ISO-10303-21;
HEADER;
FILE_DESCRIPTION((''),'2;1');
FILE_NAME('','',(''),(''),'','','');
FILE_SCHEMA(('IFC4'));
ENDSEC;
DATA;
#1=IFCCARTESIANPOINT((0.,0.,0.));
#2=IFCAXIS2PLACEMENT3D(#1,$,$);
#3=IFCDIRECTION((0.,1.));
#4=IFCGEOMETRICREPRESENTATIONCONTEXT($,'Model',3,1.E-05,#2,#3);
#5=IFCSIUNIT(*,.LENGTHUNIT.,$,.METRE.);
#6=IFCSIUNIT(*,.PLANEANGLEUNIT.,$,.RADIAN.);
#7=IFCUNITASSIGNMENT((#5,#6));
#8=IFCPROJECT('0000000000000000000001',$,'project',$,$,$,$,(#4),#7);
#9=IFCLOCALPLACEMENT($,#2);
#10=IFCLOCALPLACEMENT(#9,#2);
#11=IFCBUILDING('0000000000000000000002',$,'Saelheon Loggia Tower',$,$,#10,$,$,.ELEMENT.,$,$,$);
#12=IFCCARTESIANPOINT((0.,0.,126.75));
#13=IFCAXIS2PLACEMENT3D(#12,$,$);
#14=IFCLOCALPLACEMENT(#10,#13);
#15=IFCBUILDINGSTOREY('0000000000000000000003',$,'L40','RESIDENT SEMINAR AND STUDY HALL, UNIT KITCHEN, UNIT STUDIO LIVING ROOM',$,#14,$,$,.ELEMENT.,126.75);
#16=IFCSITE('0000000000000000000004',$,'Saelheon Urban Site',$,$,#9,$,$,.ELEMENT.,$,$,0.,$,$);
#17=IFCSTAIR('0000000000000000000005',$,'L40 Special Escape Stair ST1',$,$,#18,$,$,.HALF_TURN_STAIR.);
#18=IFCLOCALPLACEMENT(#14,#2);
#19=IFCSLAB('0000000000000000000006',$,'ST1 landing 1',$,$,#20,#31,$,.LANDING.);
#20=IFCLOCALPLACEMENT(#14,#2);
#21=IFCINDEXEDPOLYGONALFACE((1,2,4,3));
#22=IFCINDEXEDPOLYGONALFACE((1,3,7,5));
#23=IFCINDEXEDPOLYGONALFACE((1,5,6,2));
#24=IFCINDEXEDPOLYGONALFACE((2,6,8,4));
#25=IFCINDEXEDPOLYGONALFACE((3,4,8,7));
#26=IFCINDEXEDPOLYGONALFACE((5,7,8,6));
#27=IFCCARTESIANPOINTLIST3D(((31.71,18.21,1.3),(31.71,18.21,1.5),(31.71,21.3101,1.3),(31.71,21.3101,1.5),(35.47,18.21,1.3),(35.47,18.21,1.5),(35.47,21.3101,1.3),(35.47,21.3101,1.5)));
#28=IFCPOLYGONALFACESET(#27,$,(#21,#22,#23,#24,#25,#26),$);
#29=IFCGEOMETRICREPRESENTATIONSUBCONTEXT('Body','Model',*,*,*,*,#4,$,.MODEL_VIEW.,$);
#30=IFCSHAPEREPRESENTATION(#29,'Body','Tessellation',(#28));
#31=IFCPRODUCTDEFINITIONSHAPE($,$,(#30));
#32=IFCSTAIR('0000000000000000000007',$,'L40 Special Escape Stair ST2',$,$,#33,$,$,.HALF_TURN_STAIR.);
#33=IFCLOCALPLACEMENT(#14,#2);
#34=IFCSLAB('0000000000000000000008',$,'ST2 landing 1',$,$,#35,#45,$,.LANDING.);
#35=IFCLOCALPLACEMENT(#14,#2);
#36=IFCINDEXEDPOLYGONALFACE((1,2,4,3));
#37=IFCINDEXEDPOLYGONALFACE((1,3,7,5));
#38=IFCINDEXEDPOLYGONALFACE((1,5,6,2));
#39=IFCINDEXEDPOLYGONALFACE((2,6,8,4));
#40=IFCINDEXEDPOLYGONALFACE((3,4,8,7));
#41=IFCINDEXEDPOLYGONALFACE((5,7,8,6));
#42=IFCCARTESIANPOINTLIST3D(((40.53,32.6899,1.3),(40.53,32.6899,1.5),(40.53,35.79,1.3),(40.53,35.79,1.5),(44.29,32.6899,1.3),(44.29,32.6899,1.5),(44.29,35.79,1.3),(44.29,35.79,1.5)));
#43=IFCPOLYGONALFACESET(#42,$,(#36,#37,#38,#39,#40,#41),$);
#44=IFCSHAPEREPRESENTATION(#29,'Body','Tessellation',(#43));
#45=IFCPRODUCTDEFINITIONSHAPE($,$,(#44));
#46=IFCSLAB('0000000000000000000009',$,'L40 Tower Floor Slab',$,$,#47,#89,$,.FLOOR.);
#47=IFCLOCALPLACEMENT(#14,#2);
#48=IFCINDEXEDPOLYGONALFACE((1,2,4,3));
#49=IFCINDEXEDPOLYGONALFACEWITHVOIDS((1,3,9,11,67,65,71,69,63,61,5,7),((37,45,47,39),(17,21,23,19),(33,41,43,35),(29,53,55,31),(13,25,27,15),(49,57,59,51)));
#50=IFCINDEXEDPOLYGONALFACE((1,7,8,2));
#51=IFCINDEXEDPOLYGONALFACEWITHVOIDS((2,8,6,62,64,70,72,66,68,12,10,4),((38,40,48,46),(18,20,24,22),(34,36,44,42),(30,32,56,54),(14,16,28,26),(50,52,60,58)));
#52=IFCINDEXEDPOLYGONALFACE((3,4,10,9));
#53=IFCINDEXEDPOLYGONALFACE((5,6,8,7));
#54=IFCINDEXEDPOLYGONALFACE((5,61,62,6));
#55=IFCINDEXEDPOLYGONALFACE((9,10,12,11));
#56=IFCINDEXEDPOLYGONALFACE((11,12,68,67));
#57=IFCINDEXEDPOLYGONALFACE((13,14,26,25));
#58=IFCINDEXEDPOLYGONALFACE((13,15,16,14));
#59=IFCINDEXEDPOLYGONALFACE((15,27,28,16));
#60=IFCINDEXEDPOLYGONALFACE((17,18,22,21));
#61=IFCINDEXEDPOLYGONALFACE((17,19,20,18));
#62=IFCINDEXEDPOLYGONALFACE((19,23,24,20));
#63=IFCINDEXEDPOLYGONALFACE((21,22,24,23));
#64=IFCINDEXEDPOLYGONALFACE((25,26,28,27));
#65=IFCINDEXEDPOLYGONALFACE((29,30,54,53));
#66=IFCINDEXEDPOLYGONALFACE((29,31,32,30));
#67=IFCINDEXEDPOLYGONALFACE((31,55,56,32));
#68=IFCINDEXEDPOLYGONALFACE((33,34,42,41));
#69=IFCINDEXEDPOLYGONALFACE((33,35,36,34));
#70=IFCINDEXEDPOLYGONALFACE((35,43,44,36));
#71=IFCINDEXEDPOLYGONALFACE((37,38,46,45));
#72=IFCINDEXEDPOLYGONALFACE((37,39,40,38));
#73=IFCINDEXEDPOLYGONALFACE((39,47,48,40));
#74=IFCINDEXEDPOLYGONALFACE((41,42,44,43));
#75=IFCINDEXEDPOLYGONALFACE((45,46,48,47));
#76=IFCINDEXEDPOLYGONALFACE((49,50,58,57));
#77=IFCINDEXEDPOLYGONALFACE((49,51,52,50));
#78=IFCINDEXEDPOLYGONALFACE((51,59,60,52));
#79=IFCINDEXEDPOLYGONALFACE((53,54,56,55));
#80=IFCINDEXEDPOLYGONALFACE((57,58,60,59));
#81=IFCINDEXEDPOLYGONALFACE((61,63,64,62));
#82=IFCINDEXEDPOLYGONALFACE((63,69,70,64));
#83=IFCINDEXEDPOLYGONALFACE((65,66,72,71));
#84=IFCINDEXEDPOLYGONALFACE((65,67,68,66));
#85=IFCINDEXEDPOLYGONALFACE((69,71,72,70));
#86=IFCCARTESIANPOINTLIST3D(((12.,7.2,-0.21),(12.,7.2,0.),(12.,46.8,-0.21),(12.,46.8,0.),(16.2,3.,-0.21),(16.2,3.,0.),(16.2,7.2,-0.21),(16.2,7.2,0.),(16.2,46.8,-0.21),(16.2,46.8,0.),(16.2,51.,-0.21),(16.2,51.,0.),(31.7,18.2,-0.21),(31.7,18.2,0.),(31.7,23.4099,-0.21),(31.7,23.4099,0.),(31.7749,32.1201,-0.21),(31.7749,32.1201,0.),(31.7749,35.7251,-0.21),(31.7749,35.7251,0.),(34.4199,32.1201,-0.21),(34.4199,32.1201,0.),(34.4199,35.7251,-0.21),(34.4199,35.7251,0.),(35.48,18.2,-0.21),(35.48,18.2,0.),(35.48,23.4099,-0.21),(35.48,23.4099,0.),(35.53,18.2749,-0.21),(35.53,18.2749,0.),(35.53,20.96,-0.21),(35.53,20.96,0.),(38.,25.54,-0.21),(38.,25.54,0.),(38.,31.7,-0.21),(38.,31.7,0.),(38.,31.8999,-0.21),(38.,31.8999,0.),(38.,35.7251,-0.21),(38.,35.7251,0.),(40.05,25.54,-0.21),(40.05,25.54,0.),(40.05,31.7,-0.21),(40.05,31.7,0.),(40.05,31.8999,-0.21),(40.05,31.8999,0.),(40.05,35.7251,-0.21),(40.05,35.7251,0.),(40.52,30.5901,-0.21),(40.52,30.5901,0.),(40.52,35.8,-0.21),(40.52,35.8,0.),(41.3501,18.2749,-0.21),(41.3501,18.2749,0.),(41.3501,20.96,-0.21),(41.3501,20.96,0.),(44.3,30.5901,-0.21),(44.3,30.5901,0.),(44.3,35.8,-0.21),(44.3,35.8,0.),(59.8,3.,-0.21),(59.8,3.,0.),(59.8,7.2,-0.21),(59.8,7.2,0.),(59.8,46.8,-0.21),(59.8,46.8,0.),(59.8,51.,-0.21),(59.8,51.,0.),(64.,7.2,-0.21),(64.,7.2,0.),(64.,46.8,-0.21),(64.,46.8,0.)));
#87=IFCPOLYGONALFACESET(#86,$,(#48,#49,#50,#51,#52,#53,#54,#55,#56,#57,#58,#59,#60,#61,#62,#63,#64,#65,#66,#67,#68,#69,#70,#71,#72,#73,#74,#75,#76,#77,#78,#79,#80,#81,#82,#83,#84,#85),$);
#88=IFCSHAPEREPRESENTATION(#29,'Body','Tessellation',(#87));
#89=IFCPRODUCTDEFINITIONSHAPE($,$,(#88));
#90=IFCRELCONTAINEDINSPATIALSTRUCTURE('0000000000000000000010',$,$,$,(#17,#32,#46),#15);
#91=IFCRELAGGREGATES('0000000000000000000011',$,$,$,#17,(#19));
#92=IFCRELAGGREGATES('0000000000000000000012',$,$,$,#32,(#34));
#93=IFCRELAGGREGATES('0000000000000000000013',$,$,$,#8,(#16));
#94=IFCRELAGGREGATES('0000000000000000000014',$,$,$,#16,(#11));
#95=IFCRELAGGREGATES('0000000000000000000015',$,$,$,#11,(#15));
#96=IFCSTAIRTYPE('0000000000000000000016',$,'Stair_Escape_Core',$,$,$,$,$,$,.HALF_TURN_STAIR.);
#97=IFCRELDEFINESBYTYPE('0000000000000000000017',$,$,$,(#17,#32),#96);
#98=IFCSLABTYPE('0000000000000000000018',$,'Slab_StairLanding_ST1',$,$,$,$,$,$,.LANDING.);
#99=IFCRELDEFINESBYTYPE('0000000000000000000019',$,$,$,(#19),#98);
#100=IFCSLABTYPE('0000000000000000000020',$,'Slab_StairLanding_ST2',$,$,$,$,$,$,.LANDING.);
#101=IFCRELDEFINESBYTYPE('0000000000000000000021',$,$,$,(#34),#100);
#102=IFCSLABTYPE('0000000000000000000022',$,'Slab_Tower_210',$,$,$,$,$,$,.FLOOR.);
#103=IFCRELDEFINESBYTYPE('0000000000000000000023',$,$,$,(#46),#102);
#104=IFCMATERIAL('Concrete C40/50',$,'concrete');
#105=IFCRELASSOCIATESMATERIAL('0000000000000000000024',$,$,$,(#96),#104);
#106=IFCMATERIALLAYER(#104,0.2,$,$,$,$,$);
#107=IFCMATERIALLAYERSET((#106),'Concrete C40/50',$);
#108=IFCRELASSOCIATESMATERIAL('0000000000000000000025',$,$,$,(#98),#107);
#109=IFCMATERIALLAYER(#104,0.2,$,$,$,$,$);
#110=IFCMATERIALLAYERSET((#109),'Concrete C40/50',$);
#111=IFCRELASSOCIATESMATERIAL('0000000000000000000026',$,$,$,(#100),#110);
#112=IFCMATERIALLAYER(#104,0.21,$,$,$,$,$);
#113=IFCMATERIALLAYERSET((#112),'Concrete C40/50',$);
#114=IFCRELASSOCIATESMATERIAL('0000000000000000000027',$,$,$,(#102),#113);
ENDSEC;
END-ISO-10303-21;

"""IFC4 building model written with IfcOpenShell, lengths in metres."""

from ifc_helpers import new_model, si_unit, direction, frame, origin, place, context, subcontext, project, spatial, polyline, outline, extrude, material, layer, layer_set, type_object, element, aggregate, save


model = new_model("IFC4")

# Units and contexts
model_context = context("Model", 3, precision=1e-05, world=origin(), true_north=direction((0.0, 1.0)))
body_context = subcontext(model_context, "Body", "Model", "MODEL_VIEW")
ifc_project = project(units=[si_unit("LENGTHUNIT", "METRE"), si_unit("PLANEANGLEUNIT", "RADIAN")], contexts=[model_context])

# Site, building, storey
site_placement = place(None, origin())
site = spatial("IfcSite", under=ifc_project, at=site_placement, Name="Saelheon Urban Site", CompositionType="ELEMENT", RefElevation=0.0)
building_placement = place(site_placement, origin())
building = spatial("IfcBuilding", under=site, at=building_placement, Name="Saelheon Loggia Tower", CompositionType="ELEMENT")
storey_placement = place(building_placement, frame((0.0, 0.0, 126.75)))
storey = spatial("IfcBuildingStorey", under=building, at=storey_placement, Name="L40", Description="RESIDENT SEMINAR AND STUDY HALL, UNIT KITCHEN, UNIT STUDIO LIVING ROOM", CompositionType="ELEMENT", Elevation=126.75)

# Shared definitions
ifc_material_1 = material(Name="Concrete C40/50", Category="concrete")

# Stairs, slabs
stair_type = type_object("IfcStairType", Name="Stair_Escape_Core", PredefinedType="HALF_TURN_STAIR", material=ifc_material_1)
stair_1_placement = place(storey_placement, origin())
stair_1 = element("IfcStair", 1, at=stair_1_placement, inside=storey, type_object=stair_type, Name="L40 Special Escape Stair ST1", PredefinedType="HALF_TURN_STAIR")
ifc_layer_1 = layer(ifc_material_1, 0.2)
ifc_layer_set_1 = layer_set([ifc_layer_1], Name="Concrete C40/50")
slab_type_1 = type_object("IfcSlabType", Name="Slab_StairLanding_ST1", PredefinedType="LANDING", material=ifc_layer_set_1)
slab_1_placement = place(storey_placement, frame((0.0, 0.0, 1.3)))
slab_1 = element("IfcSlab", 2, at=slab_1_placement, type_object=slab_type_1, Name="ST1 landing 1", PredefinedType="LANDING", context=body_context, shape_type="SweptSolid", body=[
    extrude(outline(polyline([(31.71, 21.3101), (31.71, 18.21), (35.47, 18.21), (35.47, 21.3101), (31.71, 21.3101)])), origin(), (0.0, 0.0, 1.0), 0.2),
])
aggregate(stair_1, [slab_1])
stair_2_placement = place(storey_placement, origin())
stair_2 = element("IfcStair", 3, at=stair_2_placement, inside=storey, type_object=stair_type, Name="L40 Special Escape Stair ST2", PredefinedType="HALF_TURN_STAIR")
ifc_layer_2 = layer(ifc_material_1, 0.2)
ifc_layer_set_2 = layer_set([ifc_layer_2], Name="Concrete C40/50")
slab_type_2 = type_object("IfcSlabType", Name="Slab_StairLanding_ST2", PredefinedType="LANDING", material=ifc_layer_set_2)
slab_2_placement = place(storey_placement, frame((0.0, 0.0, 1.3)))
slab_2 = element("IfcSlab", 4, at=slab_2_placement, type_object=slab_type_2, Name="ST2 landing 1", PredefinedType="LANDING", context=body_context, shape_type="SweptSolid", body=[
    extrude(outline(polyline([(44.29, 32.6899), (44.29, 35.79), (40.53, 35.79), (40.53, 32.6899), (44.29, 32.6899)])), origin(), (0.0, 0.0, 1.0), 0.2),
])
aggregate(stair_2, [slab_2])

# Slab
ifc_layer_3 = layer(ifc_material_1, 0.21)
ifc_layer_set_3 = layer_set([ifc_layer_3], Name="Concrete C40/50")
slab_type_3 = type_object("IfcSlabType", Name="Slab_Tower_210", PredefinedType="FLOOR", material=ifc_layer_set_3)
slab_3_placement = place(storey_placement, frame((0.0, 0.0, -0.21)))
element("IfcSlab", 5, at=slab_3_placement, inside=storey, type_object=slab_type_3, Name="L40 Tower Floor Slab", PredefinedType="FLOOR", context=body_context, shape_type="SweptSolid", body=[
    extrude(outline(polyline([(16.2, 3.0), (59.8, 3.0), (59.8, 7.2), (64.0, 7.2), (64.0, 46.8), (59.8, 46.8), (59.8, 51.0), (16.2, 51.0), (16.2, 46.8), (12.0, 46.8), (12.0, 7.2), (16.2, 7.2), (16.2, 3.0)]), holes=[polyline([(31.7, 23.4099), (31.7, 18.2), (35.48, 18.2), (35.48, 23.4099), (31.7, 23.4099)]), polyline([(44.3, 30.5901), (44.3, 35.8), (40.52, 35.8), (40.52, 30.5901), (44.3, 30.5901)]), polyline([(35.53, 18.2749), (41.3501, 18.2749), (41.3501, 20.96), (35.53, 20.96), (35.53, 18.2749)]), polyline([(31.7749, 32.1201), (34.4199, 32.1201), (34.4199, 35.7251), (31.7749, 35.7251), (31.7749, 32.1201)]), polyline([(38.0, 31.8999), (40.05, 31.8999), (40.05, 35.7251), (38.0, 35.7251), (38.0, 31.8999)]), polyline([(38.0, 25.54), (40.05, 25.54), (40.05, 31.7), (38.0, 31.7), (38.0, 25.54)])]), origin(), (0.0, 0.0, 1.0), 0.21),
])

save(model, "model.ifc")
